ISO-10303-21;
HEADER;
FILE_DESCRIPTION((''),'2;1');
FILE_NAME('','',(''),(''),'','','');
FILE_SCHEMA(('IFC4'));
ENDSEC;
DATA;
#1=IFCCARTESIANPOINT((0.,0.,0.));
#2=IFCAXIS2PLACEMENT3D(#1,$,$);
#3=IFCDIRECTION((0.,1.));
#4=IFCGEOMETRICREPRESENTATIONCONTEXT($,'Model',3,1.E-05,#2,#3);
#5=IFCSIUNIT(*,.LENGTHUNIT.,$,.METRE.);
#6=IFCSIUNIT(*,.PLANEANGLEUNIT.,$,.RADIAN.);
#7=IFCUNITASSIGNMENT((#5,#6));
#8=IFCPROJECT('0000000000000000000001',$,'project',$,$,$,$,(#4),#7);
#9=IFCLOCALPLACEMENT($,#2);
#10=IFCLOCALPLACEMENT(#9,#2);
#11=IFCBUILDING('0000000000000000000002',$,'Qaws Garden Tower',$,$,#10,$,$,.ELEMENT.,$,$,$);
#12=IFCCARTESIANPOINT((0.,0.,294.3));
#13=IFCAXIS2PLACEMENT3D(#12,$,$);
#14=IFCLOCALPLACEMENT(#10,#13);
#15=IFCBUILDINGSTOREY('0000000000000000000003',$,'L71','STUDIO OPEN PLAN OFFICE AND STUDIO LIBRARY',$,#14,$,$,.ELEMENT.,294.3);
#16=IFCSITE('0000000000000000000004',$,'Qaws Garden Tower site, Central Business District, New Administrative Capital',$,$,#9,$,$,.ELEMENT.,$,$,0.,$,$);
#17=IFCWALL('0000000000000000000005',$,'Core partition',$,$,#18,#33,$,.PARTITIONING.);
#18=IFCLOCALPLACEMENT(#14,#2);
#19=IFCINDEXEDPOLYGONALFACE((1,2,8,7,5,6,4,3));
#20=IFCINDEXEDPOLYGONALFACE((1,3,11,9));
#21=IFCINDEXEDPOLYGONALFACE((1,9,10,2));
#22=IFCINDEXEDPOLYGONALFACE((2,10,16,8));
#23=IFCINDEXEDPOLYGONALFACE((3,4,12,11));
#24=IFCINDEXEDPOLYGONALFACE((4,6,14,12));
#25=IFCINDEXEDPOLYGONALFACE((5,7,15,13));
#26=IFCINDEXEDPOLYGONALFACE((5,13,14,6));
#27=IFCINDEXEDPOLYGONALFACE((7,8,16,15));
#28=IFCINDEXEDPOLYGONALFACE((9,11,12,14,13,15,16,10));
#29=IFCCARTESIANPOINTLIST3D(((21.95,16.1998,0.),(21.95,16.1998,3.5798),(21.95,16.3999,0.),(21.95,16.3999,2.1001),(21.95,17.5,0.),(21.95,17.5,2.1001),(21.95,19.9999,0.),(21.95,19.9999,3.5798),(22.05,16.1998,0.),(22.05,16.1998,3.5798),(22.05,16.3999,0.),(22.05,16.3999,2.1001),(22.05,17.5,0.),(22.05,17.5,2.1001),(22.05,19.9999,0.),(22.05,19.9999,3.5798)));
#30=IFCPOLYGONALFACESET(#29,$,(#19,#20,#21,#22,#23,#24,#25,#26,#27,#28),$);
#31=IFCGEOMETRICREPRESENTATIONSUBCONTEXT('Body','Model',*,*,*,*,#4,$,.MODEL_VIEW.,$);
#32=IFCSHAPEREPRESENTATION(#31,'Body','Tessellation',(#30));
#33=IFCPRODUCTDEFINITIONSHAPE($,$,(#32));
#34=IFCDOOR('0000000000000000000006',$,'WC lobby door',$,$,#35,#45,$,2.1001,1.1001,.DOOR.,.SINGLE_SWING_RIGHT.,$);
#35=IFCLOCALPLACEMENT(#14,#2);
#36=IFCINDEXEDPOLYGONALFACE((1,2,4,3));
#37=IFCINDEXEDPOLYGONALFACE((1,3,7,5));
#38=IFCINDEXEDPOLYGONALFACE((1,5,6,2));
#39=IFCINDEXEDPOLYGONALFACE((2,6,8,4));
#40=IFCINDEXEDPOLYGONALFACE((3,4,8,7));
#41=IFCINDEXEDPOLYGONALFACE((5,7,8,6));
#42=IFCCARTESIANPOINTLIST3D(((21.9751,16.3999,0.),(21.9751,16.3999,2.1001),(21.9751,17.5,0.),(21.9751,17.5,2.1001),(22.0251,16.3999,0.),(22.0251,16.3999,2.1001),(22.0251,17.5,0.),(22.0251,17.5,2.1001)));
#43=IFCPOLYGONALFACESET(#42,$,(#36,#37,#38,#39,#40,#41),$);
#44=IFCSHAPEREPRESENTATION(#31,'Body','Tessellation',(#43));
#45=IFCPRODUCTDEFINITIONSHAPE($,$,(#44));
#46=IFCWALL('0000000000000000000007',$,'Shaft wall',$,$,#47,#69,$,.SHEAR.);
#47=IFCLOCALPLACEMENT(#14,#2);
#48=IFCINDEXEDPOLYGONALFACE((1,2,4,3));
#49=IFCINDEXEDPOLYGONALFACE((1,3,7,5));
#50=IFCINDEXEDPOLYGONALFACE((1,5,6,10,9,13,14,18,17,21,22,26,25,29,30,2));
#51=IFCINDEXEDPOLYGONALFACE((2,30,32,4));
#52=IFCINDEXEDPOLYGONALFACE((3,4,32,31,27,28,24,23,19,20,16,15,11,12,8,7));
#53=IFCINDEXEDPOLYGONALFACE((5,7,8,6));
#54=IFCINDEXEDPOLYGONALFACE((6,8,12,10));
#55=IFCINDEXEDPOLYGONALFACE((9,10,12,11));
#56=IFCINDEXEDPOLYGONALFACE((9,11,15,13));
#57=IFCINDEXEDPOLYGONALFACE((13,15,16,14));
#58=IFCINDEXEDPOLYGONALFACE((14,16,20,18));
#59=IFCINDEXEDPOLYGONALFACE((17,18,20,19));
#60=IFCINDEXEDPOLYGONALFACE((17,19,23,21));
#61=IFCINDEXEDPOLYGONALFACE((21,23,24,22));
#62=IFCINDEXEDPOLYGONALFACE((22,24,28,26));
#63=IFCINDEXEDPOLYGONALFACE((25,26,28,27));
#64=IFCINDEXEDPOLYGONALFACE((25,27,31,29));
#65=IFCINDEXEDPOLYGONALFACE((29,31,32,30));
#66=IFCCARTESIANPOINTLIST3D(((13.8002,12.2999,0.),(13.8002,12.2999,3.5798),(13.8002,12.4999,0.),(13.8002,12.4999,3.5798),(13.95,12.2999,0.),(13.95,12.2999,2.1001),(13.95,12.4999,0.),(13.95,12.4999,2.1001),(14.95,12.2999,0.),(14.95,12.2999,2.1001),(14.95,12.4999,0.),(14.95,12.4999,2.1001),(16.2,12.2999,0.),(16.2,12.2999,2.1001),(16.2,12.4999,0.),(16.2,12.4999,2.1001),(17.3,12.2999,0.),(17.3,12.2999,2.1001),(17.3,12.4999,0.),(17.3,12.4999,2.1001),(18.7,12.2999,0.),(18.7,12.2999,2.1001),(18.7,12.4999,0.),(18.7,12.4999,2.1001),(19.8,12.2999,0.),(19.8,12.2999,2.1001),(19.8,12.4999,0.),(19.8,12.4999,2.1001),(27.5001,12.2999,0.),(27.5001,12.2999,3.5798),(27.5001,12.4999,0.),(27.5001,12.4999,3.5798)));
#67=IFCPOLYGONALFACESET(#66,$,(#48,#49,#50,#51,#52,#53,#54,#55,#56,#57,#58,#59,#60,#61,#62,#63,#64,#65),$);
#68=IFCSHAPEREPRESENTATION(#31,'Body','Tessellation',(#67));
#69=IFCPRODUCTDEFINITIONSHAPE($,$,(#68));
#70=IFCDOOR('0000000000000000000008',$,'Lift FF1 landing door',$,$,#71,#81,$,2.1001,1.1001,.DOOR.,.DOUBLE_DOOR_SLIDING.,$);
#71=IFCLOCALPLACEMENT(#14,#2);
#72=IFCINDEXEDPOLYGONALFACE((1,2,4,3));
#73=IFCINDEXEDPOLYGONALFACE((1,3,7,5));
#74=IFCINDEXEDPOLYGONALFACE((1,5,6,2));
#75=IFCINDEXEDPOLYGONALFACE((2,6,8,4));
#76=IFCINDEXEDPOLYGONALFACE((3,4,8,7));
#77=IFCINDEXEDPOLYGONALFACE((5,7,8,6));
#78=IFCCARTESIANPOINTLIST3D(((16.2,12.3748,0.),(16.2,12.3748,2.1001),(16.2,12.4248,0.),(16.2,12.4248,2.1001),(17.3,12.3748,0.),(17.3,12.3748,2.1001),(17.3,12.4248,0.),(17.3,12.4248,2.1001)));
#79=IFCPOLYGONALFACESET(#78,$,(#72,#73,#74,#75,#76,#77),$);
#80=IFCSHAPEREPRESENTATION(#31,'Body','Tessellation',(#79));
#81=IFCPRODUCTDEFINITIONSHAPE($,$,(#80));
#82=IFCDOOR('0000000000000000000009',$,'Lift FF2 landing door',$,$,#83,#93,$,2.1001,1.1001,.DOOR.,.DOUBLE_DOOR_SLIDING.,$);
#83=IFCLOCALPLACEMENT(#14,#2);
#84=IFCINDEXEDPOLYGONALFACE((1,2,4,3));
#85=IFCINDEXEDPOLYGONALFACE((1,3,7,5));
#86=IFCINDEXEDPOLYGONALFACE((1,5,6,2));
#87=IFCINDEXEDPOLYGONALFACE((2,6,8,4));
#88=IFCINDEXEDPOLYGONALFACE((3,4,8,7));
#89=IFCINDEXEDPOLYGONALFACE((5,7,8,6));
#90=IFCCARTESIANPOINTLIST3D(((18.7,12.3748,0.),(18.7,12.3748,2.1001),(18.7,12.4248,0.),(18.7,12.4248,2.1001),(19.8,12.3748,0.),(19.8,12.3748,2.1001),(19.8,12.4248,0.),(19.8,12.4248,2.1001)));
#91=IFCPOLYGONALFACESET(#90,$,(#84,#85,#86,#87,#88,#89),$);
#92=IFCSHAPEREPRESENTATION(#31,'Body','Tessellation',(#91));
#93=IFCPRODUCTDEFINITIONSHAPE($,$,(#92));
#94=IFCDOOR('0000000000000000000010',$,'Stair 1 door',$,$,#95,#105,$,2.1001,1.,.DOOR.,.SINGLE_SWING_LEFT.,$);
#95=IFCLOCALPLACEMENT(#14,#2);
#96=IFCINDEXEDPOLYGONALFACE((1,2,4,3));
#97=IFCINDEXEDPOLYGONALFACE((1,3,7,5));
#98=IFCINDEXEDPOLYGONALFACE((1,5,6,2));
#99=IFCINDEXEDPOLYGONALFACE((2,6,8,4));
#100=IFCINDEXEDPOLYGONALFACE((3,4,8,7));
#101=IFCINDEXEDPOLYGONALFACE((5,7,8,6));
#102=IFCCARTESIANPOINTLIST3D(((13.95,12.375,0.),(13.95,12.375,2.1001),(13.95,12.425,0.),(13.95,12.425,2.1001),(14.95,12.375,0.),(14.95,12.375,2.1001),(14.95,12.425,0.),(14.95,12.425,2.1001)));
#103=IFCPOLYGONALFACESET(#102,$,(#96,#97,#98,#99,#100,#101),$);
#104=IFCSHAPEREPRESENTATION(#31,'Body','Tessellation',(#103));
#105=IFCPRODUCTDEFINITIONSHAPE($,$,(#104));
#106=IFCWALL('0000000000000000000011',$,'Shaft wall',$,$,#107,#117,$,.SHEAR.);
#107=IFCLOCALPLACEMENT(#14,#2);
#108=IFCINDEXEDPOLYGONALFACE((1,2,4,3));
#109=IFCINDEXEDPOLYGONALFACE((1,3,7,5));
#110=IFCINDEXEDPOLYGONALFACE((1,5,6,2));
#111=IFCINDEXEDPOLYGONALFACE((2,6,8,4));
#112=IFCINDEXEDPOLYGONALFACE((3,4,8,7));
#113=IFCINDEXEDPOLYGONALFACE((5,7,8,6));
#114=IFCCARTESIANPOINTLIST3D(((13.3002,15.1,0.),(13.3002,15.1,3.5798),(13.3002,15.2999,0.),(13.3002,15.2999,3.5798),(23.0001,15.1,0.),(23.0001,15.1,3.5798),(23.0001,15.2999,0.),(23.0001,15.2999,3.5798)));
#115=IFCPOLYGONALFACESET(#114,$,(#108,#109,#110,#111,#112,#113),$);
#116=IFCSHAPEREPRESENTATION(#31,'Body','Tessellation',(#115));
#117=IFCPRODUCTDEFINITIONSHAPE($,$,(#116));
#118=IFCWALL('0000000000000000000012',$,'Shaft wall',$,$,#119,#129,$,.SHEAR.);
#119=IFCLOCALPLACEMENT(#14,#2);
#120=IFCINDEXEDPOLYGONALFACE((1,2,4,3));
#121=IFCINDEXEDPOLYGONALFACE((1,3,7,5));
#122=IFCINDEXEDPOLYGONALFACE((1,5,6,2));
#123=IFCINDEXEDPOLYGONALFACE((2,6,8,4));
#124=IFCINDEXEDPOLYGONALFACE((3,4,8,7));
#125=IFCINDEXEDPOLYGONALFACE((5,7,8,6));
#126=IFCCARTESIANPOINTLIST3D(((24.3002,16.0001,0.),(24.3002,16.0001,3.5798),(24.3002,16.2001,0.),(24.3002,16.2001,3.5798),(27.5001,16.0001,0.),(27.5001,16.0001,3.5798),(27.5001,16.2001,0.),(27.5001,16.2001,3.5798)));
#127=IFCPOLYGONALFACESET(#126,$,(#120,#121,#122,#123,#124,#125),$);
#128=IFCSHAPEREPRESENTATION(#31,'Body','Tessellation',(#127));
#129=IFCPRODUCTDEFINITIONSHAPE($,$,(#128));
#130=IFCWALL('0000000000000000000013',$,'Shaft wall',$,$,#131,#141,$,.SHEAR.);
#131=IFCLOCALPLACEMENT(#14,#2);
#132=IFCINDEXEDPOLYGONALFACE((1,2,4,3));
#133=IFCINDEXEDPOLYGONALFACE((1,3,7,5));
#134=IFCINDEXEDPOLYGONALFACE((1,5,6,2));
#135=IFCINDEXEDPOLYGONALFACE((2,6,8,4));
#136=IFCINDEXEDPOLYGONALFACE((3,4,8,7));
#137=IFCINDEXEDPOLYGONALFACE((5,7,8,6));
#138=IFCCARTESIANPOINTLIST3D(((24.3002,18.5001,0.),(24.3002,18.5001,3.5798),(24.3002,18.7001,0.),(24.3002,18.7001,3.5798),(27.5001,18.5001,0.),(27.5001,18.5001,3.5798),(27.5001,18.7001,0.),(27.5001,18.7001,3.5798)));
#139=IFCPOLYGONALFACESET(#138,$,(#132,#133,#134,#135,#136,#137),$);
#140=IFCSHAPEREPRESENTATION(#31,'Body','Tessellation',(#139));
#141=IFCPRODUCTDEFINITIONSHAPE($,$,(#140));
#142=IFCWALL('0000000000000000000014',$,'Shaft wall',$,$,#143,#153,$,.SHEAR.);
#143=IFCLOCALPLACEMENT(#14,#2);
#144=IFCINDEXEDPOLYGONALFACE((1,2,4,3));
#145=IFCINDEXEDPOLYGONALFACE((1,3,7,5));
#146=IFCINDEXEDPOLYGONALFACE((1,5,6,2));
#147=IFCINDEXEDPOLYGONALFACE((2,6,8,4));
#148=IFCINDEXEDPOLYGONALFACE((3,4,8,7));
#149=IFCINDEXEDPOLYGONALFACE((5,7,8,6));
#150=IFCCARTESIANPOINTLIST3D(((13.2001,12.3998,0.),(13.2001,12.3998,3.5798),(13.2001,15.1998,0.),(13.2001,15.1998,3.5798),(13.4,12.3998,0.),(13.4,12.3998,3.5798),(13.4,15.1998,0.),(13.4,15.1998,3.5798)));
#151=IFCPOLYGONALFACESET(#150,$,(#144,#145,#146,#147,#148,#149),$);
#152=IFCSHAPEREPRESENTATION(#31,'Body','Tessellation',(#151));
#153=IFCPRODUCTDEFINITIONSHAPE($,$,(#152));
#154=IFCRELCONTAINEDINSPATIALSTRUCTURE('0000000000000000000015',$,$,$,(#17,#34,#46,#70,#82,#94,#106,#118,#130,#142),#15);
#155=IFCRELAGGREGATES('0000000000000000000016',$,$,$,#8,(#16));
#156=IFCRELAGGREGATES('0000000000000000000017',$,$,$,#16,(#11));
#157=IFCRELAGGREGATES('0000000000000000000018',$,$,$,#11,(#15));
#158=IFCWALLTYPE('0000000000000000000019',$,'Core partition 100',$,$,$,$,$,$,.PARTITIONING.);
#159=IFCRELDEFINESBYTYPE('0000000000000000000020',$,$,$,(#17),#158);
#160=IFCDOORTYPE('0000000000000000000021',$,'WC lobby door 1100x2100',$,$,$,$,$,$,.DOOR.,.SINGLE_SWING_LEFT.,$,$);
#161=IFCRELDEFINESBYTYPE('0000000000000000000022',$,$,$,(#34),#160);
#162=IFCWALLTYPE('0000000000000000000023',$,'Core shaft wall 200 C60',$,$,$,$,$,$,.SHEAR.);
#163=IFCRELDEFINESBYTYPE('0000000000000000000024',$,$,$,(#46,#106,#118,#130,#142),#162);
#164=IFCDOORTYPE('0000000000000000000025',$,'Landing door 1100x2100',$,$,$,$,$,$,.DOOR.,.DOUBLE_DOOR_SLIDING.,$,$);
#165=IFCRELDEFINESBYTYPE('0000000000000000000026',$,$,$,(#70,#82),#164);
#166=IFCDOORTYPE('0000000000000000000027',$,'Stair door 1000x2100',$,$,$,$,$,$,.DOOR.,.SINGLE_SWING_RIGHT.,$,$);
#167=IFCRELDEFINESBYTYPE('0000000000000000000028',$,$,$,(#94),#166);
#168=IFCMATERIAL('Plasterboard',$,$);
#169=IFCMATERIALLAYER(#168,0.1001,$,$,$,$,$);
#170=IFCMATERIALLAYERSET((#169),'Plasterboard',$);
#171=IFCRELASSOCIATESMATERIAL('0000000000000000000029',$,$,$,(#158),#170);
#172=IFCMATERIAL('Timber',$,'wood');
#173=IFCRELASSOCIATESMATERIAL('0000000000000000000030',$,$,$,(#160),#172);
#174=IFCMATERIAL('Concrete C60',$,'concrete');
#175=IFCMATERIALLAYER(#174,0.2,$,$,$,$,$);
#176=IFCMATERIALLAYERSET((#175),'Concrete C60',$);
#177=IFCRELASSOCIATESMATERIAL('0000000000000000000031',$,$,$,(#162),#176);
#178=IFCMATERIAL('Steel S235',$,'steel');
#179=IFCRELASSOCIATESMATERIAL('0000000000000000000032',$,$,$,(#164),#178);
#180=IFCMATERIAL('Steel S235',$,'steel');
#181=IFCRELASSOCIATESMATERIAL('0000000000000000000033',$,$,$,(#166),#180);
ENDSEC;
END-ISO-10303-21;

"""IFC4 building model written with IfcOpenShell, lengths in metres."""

from ifc_helpers import new_model, si_unit, direction, frame, frame_2d, origin, place, context, subcontext, project, spatial, rectangle, extrude, material, layer, layer_set, type_object, element, fill, save


model = new_model("IFC4")

# Units and contexts
model_context = context("Model", 3, precision=1e-05, world=origin(), true_north=direction((0.0, 1.0)))
body_context = subcontext(model_context, "Body", "Model", "MODEL_VIEW")
ifc_project = project(units=[si_unit("LENGTHUNIT", "METRE"), si_unit("PLANEANGLEUNIT", "RADIAN")], contexts=[model_context])

# Site, building, storey
site_placement = place(None, origin())
site = spatial("IfcSite", under=ifc_project, at=site_placement, Name="Qaws Garden Tower site, Central Business District, New Administrative Capital", CompositionType="ELEMENT", RefElevation=0.0)
building_placement = place(site_placement, origin())
building = spatial("IfcBuilding", under=site, at=building_placement, Name="Qaws Garden Tower", CompositionType="ELEMENT")
storey_placement = place(building_placement, frame((0.0, 0.0, 294.3)))
storey = spatial("IfcBuildingStorey", under=building, at=storey_placement, Name="L71", Description="STUDIO OPEN PLAN OFFICE AND STUDIO LIBRARY", CompositionType="ELEMENT", Elevation=294.3)

# Shared definitions
ifc_material_1 = material(Name="Plasterboard")
ifc_layer_1 = layer(ifc_material_1, 0.1001)
ifc_layer_set_1 = layer_set([ifc_layer_1], Name="Plasterboard")
wall_type_1 = type_object("IfcWallType", Name="Core partition 100", PredefinedType="PARTITIONING", material=ifc_layer_set_1)

# Wall, opening, door
wall_1_placement = place(storey_placement, frame((22.0, 16.2, 0.0), z_axis=(0.0, 0.0, 1.0), x_axis=(0.0, 1.0, 0.0)))
wall_1 = element("IfcWall", 1, at=wall_1_placement, inside=storey, type_object=wall_type_1, Name="Core partition", PredefinedType="PARTITIONING", context=body_context, shape_type="SweptSolid", body=[
    extrude(rectangle(XDim=3.8, YDim=0.1001, at=frame_2d((1.8999, 0.0))), origin(), (0.0, 0.0, 1.0), 3.5798),
])
opening_1_placement = place(wall_1_placement, frame((0.2, 0.0, 0.0)))
opening_1 = element("IfcOpeningElement", 2, at=opening_1_placement, cuts=wall_1, PredefinedType="OPENING", context=body_context, shape_type="SweptSolid", body=[
    extrude(rectangle(XDim=1.1001, YDim=2.1001, at=frame_2d((0.55, 1.05))), frame((0.0, 0.0601, 0.0), z_axis=(0.0, -1.0, 0.0), x_axis=(1.0, 0.0, 0.0)), (0.0, 0.0, 1.0), 0.1201),
])
ifc_material_2 = material(Name="Timber", Category="wood")
door_type_1 = type_object("IfcDoorType", Name="WC lobby door 1100x2100", OperationType="SINGLE_SWING_LEFT", PredefinedType="DOOR", material=ifc_material_2)
door_1_placement = place(opening_1_placement, origin())
door_1 = element("IfcDoor", 3, at=door_1_placement, inside=storey, type_object=door_type_1, Name="WC lobby door", OperationType="SINGLE_SWING_RIGHT", OverallHeight=2.1001, OverallWidth=1.1001, PredefinedType="DOOR", context=body_context, shape_type="SweptSolid", body=[
    extrude(rectangle(XDim=1.1001, YDim=2.1001, at=frame_2d((0.55, 1.05))), frame((0.0, 0.0249, 0.0), z_axis=(0.0, -1.0, 0.0), x_axis=(1.0, 0.0, 0.0)), (0.0, 0.0, 1.0), 0.05),
])
fill(opening_1, door_1)

# Wall, openings, doors
ifc_material_3 = material(Name="Concrete C60", Category="concrete")
ifc_layer_2 = layer(ifc_material_3, 0.2)
ifc_layer_set_2 = layer_set([ifc_layer_2], Name="Concrete C60")
wall_type_2 = type_object("IfcWallType", Name="Core shaft wall 200 C60", PredefinedType="SHEAR", material=ifc_layer_set_2)
wall_2_placement = place(storey_placement, frame((13.8, 12.3999, 0.0), z_axis=(0.0, 0.0, 1.0), x_axis=(1.0, 0.0, 0.0)))
wall_2 = element("IfcWall", 4, at=wall_2_placement, inside=storey, type_object=wall_type_2, Name="Shaft wall", PredefinedType="SHEAR", context=body_context, shape_type="SweptSolid", body=[
    extrude(rectangle(XDim=13.7, YDim=0.2, at=frame_2d((6.8501, 0.0))), origin(), (0.0, 0.0, 1.0), 3.5798),
])
opening_2_placement = place(wall_2_placement, frame((2.3999, 0.0, 0.0)))
opening_2 = element("IfcOpeningElement", 5, at=opening_2_placement, cuts=wall_2, PredefinedType="OPENING", context=body_context, shape_type="SweptSolid", body=[
    extrude(rectangle(XDim=1.1001, YDim=2.1001, at=frame_2d((0.55, 1.05))), frame((0.0, 0.1099, 0.0), z_axis=(0.0, -1.0, 0.0), x_axis=(1.0, 0.0, 0.0)), (0.0, 0.0, 1.0), 0.22),
])
opening_3_placement = place(wall_2_placement, frame((4.8999, 0.0, 0.0)))
opening_3 = element("IfcOpeningElement", 6, at=opening_3_placement, cuts=wall_2, PredefinedType="OPENING", context=body_context, shape_type="SweptSolid", body=[
    extrude(rectangle(XDim=1.1001, YDim=2.1001, at=frame_2d((0.55, 1.05))), frame((0.0, 0.1099, 0.0), z_axis=(0.0, -1.0, 0.0), x_axis=(1.0, 0.0, 0.0)), (0.0, 0.0, 1.0), 0.22),
])
opening_4_placement = place(wall_2_placement, frame((0.1499, 0.0, 0.0)))
opening_4 = element("IfcOpeningElement", 7, at=opening_4_placement, cuts=wall_2, PredefinedType="OPENING", context=body_context, shape_type="SweptSolid", body=[
    extrude(rectangle(XDim=1.0, YDim=2.1001, at=frame_2d((0.5, 1.05))), frame((0.0, 0.1099, 0.0), z_axis=(0.0, -1.0, 0.0), x_axis=(1.0, 0.0, 0.0)), (0.0, 0.0, 1.0), 0.22),
])
ifc_material_4 = material(Name="Steel S235", Category="steel")
door_type_2 = type_object("IfcDoorType", Name="Landing door 1100x2100", OperationType="DOUBLE_DOOR_SLIDING", PredefinedType="DOOR", material=ifc_material_4)
door_2_placement = place(opening_2_placement, origin())
door_2 = element("IfcDoor", 8, at=door_2_placement, inside=storey, type_object=door_type_2, Name="Lift FF1 landing door", OperationType="DOUBLE_DOOR_SLIDING", OverallHeight=2.1001, OverallWidth=1.1001, PredefinedType="DOOR", context=body_context, shape_type="SweptSolid", body=[
    extrude(rectangle(XDim=1.1001, YDim=2.1001, at=frame_2d((0.55, 1.05))), frame((0.0, 0.0249, 0.0), z_axis=(0.0, -1.0, 0.0), x_axis=(1.0, 0.0, 0.0)), (0.0, 0.0, 1.0), 0.05),
])
fill(opening_2, door_2)
door_3_placement = place(opening_3_placement, origin())
door_3 = element("IfcDoor", 9, at=door_3_placement, inside=storey, type_object=door_type_2, Name="Lift FF2 landing door", OperationType="DOUBLE_DOOR_SLIDING", OverallHeight=2.1001, OverallWidth=1.1001, PredefinedType="DOOR", context=body_context, shape_type="SweptSolid", body=[
    extrude(rectangle(XDim=1.1001, YDim=2.1001, at=frame_2d((0.55, 1.05))), frame((0.0, 0.0249, 0.0), z_axis=(0.0, -1.0, 0.0), x_axis=(1.0, 0.0, 0.0)), (0.0, 0.0, 1.0), 0.05),
])
fill(opening_3, door_3)
ifc_material_5 = material(Name="Steel S235", Category="steel")
door_type_3 = type_object("IfcDoorType", Name="Stair door 1000x2100", OperationType="SINGLE_SWING_RIGHT", PredefinedType="DOOR", material=ifc_material_5)
door_4_placement = place(opening_4_placement, frame((1.0, 0.0, 0.0), z_axis=(0.0, 0.0, 1.0), x_axis=(-1.0, 0.0, 0.0)))
door_4 = element("IfcDoor", 10, at=door_4_placement, inside=storey, type_object=door_type_3, Name="Stair 1 door", OperationType="SINGLE_SWING_LEFT", OverallHeight=2.1001, OverallWidth=1.0, PredefinedType="DOOR", context=body_context, shape_type="SweptSolid", body=[
    extrude(rectangle(XDim=1.0, YDim=2.1001, at=frame_2d((0.5, 1.05))), frame((0.0, 0.0249, 0.0), z_axis=(0.0, -1.0, 0.0), x_axis=(1.0, 0.0, 0.0)), (0.0, 0.0, 1.0), 0.05),
])
fill(opening_4, door_4)

# Walls
wall_3_placement = place(storey_placement, frame((13.3, 15.2, 0.0), z_axis=(0.0, 0.0, 1.0), x_axis=(1.0, 0.0, 0.0)))
element("IfcWall", 11, at=wall_3_placement, inside=storey, type_object=wall_type_2, Name="Shaft wall", PredefinedType="SHEAR", context=body_context, shape_type="SweptSolid", body=[
    extrude(rectangle(XDim=9.7, YDim=0.2, at=frame_2d((4.8501, 0.0))), origin(), (0.0, 0.0, 1.0), 3.5798),
])
for number, where, z_axis, x_axis, name in (
    (12, (24.3, 16.1001, 0.0), (0.0, 0.0, 1.0), (1.0, 0.0, 0.0), "Shaft wall"),
    (13, (24.3, 18.6001, 0.0), (0.0, 0.0, 1.0), (1.0, 0.0, 0.0), "Shaft wall"),
):
    element("IfcWall", number, at=place(storey_placement, frame(where, z_axis=z_axis, x_axis=x_axis)), inside=storey, type_object=wall_type_2, Name=name, PredefinedType="SHEAR", context=body_context, shape_type="SweptSolid", body=[
        extrude(rectangle(XDim=3.2, YDim=0.2, at=frame_2d((1.6001, 0.0))), origin(), (0.0, 0.0, 1.0), 3.5798),
    ])
wall_4_placement = place(storey_placement, frame((13.3, 12.3999, 0.0), z_axis=(0.0, 0.0, 1.0), x_axis=(0.0, 1.0, 0.0)))
element("IfcWall", 14, at=wall_4_placement, inside=storey, type_object=wall_type_2, Name="Shaft wall", PredefinedType="SHEAR", context=body_context, shape_type="SweptSolid", body=[
    extrude(rectangle(XDim=2.8, YDim=0.2, at=frame_2d((1.3999, 0.0))), origin(), (0.0, 0.0, 1.0), 3.5798),
])

save(model, "model.ifc")
